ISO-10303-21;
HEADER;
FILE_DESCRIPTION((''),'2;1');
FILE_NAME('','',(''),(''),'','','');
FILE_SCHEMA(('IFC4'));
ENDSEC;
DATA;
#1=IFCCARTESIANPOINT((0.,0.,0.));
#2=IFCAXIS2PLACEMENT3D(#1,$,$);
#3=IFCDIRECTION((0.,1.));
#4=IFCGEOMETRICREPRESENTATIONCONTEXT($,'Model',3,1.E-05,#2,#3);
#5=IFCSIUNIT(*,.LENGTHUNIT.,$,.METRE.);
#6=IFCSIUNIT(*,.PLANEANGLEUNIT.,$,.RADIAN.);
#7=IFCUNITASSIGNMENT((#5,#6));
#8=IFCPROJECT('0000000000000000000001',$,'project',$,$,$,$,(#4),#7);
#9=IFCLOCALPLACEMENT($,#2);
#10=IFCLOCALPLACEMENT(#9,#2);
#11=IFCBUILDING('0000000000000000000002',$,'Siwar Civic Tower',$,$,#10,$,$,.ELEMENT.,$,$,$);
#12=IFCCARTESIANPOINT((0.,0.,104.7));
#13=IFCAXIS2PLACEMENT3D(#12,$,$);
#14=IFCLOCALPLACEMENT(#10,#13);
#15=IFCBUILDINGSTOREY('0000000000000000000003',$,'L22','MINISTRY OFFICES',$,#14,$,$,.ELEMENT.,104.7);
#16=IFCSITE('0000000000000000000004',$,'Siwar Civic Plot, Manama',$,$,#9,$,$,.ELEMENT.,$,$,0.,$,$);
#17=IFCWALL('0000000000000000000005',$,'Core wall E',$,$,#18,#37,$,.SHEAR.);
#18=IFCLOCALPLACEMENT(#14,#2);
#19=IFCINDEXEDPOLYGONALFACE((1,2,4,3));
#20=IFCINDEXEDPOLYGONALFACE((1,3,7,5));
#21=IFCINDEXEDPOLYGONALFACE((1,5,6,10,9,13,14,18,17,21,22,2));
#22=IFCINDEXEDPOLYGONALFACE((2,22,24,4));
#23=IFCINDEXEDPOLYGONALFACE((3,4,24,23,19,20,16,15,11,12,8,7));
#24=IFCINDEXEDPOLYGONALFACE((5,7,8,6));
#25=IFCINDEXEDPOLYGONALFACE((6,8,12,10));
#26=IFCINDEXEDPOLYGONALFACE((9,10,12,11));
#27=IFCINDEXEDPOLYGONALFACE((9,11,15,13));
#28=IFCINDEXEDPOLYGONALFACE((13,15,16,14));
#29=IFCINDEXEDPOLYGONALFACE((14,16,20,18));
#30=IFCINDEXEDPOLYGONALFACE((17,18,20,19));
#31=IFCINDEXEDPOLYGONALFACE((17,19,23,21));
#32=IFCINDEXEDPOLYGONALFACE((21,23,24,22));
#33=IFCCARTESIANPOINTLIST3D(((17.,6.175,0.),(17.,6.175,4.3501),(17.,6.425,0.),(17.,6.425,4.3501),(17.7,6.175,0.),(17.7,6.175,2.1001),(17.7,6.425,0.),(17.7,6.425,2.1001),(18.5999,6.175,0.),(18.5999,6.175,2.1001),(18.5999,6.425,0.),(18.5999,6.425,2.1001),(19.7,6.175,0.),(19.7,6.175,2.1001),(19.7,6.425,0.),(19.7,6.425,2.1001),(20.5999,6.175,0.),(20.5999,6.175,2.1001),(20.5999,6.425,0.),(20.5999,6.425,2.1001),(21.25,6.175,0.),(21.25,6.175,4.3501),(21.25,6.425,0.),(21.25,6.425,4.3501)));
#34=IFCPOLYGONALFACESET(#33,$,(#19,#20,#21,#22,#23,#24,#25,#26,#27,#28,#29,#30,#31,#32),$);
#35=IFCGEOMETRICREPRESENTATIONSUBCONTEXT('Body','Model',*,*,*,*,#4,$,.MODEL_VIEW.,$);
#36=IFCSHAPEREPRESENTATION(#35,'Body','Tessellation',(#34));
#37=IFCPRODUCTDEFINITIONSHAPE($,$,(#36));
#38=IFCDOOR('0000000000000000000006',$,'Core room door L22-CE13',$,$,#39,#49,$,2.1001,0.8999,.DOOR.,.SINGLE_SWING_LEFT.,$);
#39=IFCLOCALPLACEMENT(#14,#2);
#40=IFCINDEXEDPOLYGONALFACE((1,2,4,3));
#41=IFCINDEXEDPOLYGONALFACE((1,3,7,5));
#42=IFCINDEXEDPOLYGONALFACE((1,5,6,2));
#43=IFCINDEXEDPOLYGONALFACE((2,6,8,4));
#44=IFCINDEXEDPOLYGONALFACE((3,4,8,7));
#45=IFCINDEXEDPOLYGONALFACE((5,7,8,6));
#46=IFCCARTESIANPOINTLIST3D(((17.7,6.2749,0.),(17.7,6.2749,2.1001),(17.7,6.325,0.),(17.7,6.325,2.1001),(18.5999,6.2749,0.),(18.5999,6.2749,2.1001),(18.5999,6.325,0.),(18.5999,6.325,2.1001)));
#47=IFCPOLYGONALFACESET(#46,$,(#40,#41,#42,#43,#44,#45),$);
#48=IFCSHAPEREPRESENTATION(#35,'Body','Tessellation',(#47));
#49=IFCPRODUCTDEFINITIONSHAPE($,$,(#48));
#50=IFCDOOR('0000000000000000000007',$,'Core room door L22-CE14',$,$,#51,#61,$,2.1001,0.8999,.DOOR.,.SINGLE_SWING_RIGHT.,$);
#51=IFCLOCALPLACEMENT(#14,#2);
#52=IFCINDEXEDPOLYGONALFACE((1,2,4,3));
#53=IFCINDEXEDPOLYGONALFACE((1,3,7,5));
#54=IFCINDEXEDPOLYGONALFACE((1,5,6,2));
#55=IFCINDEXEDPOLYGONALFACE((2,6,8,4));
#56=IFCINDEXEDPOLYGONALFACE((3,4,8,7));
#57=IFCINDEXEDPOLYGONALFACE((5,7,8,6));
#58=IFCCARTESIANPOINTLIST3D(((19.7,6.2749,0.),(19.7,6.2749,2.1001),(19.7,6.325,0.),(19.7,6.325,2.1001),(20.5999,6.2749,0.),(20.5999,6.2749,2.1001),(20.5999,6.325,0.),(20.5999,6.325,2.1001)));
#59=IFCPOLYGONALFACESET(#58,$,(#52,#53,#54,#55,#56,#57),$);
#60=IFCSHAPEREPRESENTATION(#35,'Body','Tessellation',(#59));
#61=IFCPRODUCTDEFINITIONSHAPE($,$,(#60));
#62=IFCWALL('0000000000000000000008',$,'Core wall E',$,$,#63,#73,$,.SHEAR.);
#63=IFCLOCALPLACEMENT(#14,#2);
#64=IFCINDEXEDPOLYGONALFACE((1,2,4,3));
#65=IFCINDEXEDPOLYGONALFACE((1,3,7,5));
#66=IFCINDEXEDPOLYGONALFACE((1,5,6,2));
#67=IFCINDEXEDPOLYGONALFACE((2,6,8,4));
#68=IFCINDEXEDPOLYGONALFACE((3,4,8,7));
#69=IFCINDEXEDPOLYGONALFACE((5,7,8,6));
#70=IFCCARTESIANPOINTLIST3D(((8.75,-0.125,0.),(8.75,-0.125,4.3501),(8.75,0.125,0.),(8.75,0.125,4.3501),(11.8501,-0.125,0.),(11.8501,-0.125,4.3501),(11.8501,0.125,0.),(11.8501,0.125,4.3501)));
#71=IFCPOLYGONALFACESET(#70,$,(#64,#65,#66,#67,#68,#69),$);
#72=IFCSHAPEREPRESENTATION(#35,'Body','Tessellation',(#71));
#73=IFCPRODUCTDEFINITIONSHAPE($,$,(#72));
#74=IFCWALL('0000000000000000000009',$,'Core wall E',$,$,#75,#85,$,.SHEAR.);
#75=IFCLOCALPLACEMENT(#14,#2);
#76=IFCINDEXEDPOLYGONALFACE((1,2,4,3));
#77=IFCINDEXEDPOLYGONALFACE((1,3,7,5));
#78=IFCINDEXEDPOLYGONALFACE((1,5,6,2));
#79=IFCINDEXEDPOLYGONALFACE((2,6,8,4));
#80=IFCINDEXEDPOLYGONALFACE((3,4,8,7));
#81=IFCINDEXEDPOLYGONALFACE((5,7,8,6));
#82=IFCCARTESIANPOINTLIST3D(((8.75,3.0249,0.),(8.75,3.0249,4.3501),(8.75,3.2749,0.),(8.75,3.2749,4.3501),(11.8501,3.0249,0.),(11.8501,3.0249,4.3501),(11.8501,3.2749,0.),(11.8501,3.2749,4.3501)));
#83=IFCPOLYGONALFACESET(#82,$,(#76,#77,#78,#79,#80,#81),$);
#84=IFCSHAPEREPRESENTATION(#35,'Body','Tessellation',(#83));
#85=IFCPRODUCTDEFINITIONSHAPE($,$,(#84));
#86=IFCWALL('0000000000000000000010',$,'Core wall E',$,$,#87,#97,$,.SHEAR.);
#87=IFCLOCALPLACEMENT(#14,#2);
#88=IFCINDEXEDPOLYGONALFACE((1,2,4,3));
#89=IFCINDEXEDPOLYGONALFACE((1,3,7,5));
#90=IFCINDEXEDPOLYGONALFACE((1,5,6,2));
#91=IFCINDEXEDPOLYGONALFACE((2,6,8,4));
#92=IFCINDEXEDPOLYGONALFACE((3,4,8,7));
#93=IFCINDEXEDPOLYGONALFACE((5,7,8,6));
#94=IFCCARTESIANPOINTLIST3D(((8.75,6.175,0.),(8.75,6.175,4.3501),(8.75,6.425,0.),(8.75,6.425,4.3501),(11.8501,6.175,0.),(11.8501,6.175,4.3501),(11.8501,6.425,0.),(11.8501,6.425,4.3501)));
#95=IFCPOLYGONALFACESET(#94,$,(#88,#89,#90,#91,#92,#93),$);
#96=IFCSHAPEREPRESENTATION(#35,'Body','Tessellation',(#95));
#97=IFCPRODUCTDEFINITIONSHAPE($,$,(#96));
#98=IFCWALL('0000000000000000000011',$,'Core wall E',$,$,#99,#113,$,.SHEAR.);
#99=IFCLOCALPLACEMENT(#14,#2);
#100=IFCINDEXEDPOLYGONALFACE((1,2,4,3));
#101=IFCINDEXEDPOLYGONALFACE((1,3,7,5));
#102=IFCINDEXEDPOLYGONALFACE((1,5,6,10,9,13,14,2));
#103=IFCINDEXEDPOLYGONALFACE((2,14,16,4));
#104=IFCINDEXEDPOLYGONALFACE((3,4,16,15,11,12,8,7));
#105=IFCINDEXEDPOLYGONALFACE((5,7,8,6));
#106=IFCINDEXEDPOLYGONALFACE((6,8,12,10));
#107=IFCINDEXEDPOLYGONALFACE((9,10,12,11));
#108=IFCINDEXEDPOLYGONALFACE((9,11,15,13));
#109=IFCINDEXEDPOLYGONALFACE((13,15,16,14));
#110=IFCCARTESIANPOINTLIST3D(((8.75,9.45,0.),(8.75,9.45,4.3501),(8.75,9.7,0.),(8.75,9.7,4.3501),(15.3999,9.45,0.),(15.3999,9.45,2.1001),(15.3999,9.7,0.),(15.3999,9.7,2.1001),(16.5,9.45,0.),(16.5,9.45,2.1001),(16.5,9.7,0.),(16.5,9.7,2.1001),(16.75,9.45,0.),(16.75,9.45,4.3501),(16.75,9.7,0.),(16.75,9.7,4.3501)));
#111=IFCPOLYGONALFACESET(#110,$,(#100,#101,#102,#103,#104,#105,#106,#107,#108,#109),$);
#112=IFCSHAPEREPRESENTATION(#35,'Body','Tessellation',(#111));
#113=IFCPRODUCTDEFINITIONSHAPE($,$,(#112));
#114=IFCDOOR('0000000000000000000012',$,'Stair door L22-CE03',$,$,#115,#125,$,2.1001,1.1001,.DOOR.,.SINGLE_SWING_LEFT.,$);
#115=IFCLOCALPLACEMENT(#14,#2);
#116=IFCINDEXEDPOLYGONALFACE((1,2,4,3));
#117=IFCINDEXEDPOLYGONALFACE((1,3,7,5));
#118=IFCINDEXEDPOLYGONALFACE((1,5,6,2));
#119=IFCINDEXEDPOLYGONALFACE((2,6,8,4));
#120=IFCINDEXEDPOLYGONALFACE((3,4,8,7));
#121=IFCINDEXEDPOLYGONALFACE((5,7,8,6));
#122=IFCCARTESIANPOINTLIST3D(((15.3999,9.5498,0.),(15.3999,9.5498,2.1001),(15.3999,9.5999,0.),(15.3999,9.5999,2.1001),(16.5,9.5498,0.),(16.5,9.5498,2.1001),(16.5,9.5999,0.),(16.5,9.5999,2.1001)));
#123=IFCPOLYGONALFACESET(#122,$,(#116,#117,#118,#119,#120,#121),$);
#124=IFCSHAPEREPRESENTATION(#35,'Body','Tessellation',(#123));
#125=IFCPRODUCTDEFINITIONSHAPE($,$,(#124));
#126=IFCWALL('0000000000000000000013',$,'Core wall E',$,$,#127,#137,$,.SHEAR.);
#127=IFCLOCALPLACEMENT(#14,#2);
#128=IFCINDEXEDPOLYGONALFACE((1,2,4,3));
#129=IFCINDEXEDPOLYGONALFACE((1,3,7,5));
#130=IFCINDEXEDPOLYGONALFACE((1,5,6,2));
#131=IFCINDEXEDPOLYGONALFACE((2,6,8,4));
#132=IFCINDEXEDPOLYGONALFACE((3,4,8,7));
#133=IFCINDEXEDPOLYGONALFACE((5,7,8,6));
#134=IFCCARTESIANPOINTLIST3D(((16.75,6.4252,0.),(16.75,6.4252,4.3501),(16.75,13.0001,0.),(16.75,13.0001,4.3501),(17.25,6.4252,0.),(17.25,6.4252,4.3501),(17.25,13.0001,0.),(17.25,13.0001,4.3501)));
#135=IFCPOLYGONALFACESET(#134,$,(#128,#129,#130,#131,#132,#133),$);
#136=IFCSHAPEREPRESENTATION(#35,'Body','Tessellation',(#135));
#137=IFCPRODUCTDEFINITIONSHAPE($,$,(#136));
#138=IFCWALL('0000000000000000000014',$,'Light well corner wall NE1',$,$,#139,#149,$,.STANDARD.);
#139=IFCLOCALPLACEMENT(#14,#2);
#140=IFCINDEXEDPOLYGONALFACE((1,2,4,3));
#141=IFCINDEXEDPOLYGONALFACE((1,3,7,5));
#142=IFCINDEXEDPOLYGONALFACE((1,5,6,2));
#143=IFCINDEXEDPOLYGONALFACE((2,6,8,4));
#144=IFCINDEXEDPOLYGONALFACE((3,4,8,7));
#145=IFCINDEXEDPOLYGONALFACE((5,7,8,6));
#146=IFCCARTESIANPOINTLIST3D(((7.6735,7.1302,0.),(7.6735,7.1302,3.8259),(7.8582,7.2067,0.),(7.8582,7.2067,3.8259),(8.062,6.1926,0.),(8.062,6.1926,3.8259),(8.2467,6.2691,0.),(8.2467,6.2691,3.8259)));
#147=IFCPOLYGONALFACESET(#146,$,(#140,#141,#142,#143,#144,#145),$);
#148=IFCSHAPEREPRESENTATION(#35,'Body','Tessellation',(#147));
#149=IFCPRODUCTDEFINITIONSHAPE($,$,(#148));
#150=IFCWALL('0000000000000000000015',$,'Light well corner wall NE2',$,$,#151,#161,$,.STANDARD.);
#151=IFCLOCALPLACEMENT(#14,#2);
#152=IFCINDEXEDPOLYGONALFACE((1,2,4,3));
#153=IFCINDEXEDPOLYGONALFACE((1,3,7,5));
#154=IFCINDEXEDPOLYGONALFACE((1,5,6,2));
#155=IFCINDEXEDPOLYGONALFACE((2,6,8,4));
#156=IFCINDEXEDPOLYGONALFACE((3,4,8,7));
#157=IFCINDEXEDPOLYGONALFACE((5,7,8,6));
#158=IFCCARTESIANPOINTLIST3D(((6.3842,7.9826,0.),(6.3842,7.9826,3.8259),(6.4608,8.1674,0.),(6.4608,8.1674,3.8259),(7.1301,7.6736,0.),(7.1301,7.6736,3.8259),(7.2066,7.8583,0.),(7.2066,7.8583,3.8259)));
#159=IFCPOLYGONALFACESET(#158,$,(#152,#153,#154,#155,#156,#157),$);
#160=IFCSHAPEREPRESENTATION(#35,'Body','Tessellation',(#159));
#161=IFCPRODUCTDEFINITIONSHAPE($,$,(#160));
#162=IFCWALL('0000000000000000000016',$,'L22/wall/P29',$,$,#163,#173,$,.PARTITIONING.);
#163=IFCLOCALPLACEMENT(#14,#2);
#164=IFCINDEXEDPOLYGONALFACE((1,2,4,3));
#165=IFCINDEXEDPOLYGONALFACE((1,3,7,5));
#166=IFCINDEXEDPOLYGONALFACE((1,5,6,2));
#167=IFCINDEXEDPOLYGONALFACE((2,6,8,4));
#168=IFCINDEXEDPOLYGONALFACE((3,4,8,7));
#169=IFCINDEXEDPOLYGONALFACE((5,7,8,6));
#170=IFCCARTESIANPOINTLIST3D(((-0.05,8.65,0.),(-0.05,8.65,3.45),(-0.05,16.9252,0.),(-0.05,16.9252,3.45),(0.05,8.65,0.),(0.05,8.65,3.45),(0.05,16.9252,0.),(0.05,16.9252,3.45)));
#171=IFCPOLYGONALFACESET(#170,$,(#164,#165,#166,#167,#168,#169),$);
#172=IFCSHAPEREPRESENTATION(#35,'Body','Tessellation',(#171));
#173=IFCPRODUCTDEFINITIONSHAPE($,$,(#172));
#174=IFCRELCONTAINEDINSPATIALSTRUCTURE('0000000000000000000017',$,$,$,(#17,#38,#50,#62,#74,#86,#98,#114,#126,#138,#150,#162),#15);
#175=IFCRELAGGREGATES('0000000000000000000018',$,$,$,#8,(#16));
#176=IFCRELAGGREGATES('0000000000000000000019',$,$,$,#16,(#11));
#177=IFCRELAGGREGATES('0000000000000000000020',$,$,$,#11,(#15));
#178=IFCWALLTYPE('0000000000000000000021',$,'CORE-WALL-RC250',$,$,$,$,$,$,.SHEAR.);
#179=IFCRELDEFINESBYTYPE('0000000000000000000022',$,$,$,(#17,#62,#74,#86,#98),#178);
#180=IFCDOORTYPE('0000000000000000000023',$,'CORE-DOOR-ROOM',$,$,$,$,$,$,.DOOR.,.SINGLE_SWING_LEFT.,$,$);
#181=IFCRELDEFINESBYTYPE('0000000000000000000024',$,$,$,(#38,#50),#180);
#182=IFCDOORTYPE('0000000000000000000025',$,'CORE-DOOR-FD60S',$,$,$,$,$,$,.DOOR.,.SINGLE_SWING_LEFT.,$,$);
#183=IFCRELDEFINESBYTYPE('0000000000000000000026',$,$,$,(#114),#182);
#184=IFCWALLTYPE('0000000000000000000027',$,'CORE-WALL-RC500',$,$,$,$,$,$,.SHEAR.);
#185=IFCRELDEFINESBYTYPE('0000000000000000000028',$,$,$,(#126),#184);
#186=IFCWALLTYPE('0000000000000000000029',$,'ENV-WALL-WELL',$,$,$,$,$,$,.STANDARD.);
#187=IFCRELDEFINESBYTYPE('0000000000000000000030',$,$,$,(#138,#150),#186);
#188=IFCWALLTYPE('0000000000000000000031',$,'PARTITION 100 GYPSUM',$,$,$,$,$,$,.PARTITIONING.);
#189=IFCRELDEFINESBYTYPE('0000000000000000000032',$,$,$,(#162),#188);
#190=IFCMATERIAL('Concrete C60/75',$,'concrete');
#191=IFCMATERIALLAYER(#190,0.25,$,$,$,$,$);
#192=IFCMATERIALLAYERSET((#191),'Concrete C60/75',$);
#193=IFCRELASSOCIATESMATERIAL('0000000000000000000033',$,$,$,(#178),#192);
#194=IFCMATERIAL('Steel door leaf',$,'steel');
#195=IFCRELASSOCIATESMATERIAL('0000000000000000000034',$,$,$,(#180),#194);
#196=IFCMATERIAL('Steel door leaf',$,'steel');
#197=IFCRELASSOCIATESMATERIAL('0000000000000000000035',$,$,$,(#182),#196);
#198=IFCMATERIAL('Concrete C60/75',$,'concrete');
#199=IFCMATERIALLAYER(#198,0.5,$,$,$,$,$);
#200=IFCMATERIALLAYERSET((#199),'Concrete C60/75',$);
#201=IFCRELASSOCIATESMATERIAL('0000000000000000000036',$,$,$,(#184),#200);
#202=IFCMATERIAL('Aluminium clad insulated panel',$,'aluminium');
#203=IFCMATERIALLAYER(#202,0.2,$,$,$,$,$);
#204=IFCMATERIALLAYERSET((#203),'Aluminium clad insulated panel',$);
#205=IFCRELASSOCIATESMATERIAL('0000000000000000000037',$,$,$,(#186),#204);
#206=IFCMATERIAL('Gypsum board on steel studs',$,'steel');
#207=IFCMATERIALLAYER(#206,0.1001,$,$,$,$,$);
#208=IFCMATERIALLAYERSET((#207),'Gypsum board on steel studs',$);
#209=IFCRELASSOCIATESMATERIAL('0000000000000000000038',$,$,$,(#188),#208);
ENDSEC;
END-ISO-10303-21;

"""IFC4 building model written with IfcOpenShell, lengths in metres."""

from ifc_helpers import new_model, si_unit, direction, frame, frame_2d, origin, place, context, subcontext, project, spatial, rectangle, extrude, material, layer, layer_set, type_object, element, fill, save


model = new_model("IFC4")

# Units and contexts
model_context = context("Model", 3, precision=1e-05, world=origin(), true_north=direction((0.0, 1.0)))
body_context = subcontext(model_context, "Body", "Model", "MODEL_VIEW")
ifc_project = project(units=[si_unit("LENGTHUNIT", "METRE"), si_unit("PLANEANGLEUNIT", "RADIAN")], contexts=[model_context])

# Site, building, storey
site_placement = place(None, origin())
site = spatial("IfcSite", under=ifc_project, at=site_placement, Name="Siwar Civic Plot, Manama", CompositionType="ELEMENT", RefElevation=0.0)
building_placement = place(site_placement, origin())
building = spatial("IfcBuilding", under=site, at=building_placement, Name="Siwar Civic Tower", CompositionType="ELEMENT")
storey_placement = place(building_placement, frame((0.0, 0.0, 104.7)))
storey = spatial("IfcBuildingStorey", under=building, at=storey_placement, Name="L22", Description="MINISTRY OFFICES", CompositionType="ELEMENT", Elevation=104.7)

# Shared definitions
ifc_material_1 = material(Name="Concrete C60/75", Category="concrete")
ifc_layer_1 = layer(ifc_material_1, 0.25)
ifc_layer_set_1 = layer_set([ifc_layer_1], Name="Concrete C60/75")
wall_type_1 = type_object("IfcWallType", Name="CORE-WALL-RC250", PredefinedType="SHEAR", material=ifc_layer_set_1)

# Wall, openings, doors
wall_1_placement = place(storey_placement, frame((17.0, 6.3, 0.0), z_axis=(0.0, 0.0, 1.0), x_axis=(1.0, 0.0, 0.0)))
wall_1 = element("IfcWall", 1, at=wall_1_placement, inside=storey, type_object=wall_type_1, Name="Core wall E", PredefinedType="SHEAR", context=body_context, shape_type="SweptSolid", body=[
    extrude(rectangle(XDim=4.25, YDim=0.25, at=frame_2d((2.125, 0.0))), origin(), (0.0, 0.0, 1.0), 4.3501),
])
opening_1_placement = place(wall_1_placement, frame((0.7, 0.0, 0.0)))
opening_1 = element("IfcOpeningElement", 2, at=opening_1_placement, cuts=wall_1, PredefinedType="OPENING", context=body_context, shape_type="SweptSolid", body=[
    extrude(rectangle(XDim=0.8999, YDim=2.1001, at=frame_2d((0.45, 1.05))), frame((0.0, 0.135, 0.0), z_axis=(0.0, -1.0, 0.0), x_axis=(1.0, 0.0, 0.0)), (0.0, 0.0, 1.0), 0.27),
])
opening_2_placement = place(wall_1_placement, frame((2.7, 0.0, 0.0)))
opening_2 = element("IfcOpeningElement", 3, at=opening_2_placement, cuts=wall_1, PredefinedType="OPENING", context=body_context, shape_type="SweptSolid", body=[
    extrude(rectangle(XDim=0.8999, YDim=2.1001, at=frame_2d((0.45, 1.05))), frame((0.0, 0.135, 0.0), z_axis=(0.0, -1.0, 0.0), x_axis=(1.0, 0.0, 0.0)), (0.0, 0.0, 1.0), 0.27),
])
ifc_material_2 = material(Name="Steel door leaf", Category="steel")
door_type_1 = type_object("IfcDoorType", Name="CORE-DOOR-ROOM", OperationType="SINGLE_SWING_LEFT", PredefinedType="DOOR", material=ifc_material_2)
door_1_placement = place(opening_1_placement, origin())
door_1 = element("IfcDoor", 4, at=door_1_placement, inside=storey, type_object=door_type_1, Name="Core room door L22-CE13", OperationType="SINGLE_SWING_LEFT", OverallHeight=2.1001, OverallWidth=0.8999, PredefinedType="DOOR", context=body_context, shape_type="SweptSolid", body=[
    extrude(rectangle(XDim=0.8999, YDim=2.1001, at=frame_2d((0.45, 1.05))), frame((0.0, 0.0249, 0.0), z_axis=(0.0, -1.0, 0.0), x_axis=(1.0, 0.0, 0.0)), (0.0, 0.0, 1.0), 0.05),
])
fill(opening_1, door_1)
door_2_placement = place(opening_2_placement, origin())
door_2 = element("IfcDoor", 5, at=door_2_placement, inside=storey, type_object=door_type_1, Name="Core room door L22-CE14", OperationType="SINGLE_SWING_RIGHT", OverallHeight=2.1001, OverallWidth=0.8999, PredefinedType="DOOR", context=body_context, shape_type="SweptSolid", body=[
    extrude(rectangle(XDim=0.8999, YDim=2.1001, at=frame_2d((0.45, 1.05))), frame((0.0, 0.0249, 0.0), z_axis=(0.0, -1.0, 0.0), x_axis=(1.0, 0.0, 0.0)), (0.0, 0.0, 1.0), 0.05),
])
fill(opening_2, door_2)

# Walls
for number, where, z_axis, x_axis, name in (
    (6, (8.75, 0.0, 0.0), (0.0, 0.0, 1.0), (1.0, 0.0, 0.0), "Core wall E"),
    (7, (8.75, 3.1499, 0.0), (0.0, 0.0, 1.0), (1.0, 0.0, 0.0), "Core wall E"),
    (8, (8.75, 6.3, 0.0), (0.0, 0.0, 1.0), (1.0, 0.0, 0.0), "Core wall E"),
):
    element("IfcWall", number, at=place(storey_placement, frame(where, z_axis=z_axis, x_axis=x_axis)), inside=storey, type_object=wall_type_1, Name=name, PredefinedType="SHEAR", context=body_context, shape_type="SweptSolid", body=[
        extrude(rectangle(XDim=3.1001, YDim=0.25, at=frame_2d((1.55, 0.0))), origin(), (0.0, 0.0, 1.0), 4.3501),
    ])

# Wall, opening, door
wall_2_placement = place(storey_placement, frame((8.75, 9.575, 0.0), z_axis=(0.0, 0.0, 1.0), x_axis=(1.0, 0.0, 0.0)))
wall_2 = element("IfcWall", 9, at=wall_2_placement, inside=storey, type_object=wall_type_1, Name="Core wall E", PredefinedType="SHEAR", context=body_context, shape_type="SweptSolid", body=[
    extrude(rectangle(XDim=8.0, YDim=0.25, at=frame_2d((4.0, 0.0))), origin(), (0.0, 0.0, 1.0), 4.3501),
])
opening_3_placement = place(wall_2_placement, frame((6.6499, 0.0, 0.0)))
opening_3 = element("IfcOpeningElement", 10, at=opening_3_placement, cuts=wall_2, PredefinedType="OPENING", context=body_context, shape_type="SweptSolid", body=[
    extrude(rectangle(XDim=1.1001, YDim=2.1001, at=frame_2d((0.55, 1.05))), frame((0.0, 0.135, 0.0), z_axis=(0.0, -1.0, 0.0), x_axis=(1.0, 0.0, 0.0)), (0.0, 0.0, 1.0), 0.27),
])
ifc_material_3 = material(Name="Steel door leaf", Category="steel")
door_type_2 = type_object("IfcDoorType", Name="CORE-DOOR-FD60S", OperationType="SINGLE_SWING_LEFT", PredefinedType="DOOR", material=ifc_material_3)
door_3_placement = place(opening_3_placement, origin())
door_3 = element("IfcDoor", 11, at=door_3_placement, inside=storey, type_object=door_type_2, Name="Stair door L22-CE03", OperationType="SINGLE_SWING_LEFT", OverallHeight=2.1001, OverallWidth=1.1001, PredefinedType="DOOR", context=body_context, shape_type="SweptSolid", body=[
    extrude(rectangle(XDim=1.1001, YDim=2.1001, at=frame_2d((0.55, 1.05))), frame((0.0, 0.0249, 0.0), z_axis=(0.0, -1.0, 0.0), x_axis=(1.0, 0.0, 0.0)), (0.0, 0.0, 1.0), 0.05),
])
fill(opening_3, door_3)

# Walls
ifc_material_4 = material(Name="Concrete C60/75", Category="concrete")
ifc_layer_2 = layer(ifc_material_4, 0.5)
ifc_layer_set_2 = layer_set([ifc_layer_2], Name="Concrete C60/75")
wall_type_2 = type_object("IfcWallType", Name="CORE-WALL-RC500", PredefinedType="SHEAR", material=ifc_layer_set_2)
wall_3_placement = place(storey_placement, frame((17.0, 6.425, 0.0), z_axis=(0.0, 0.0, 1.0), x_axis=(0.0, 1.0, 0.0)))
element("IfcWall", 12, at=wall_3_placement, inside=storey, type_object=wall_type_2, Name="Core wall E", PredefinedType="SHEAR", context=body_context, shape_type="SweptSolid", body=[
    extrude(rectangle(XDim=6.575, YDim=0.5, at=frame_2d((3.2876, 0.0))), origin(), (0.0, 0.0, 1.0), 4.3501),
])
ifc_material_5 = material(Name="Aluminium clad insulated panel", Category="aluminium")
ifc_layer_3 = layer(ifc_material_5, 0.2)
ifc_layer_set_3 = layer_set([ifc_layer_3], Name="Aluminium clad insulated panel")
wall_type_3 = type_object("IfcWallType", Name="ENV-WALL-WELL", PredefinedType="STANDARD", material=ifc_layer_set_3)
wall_4_placement = place(storey_placement, frame((8.1543, 6.231, 0.0), z_axis=(0.0, 0.0, 1.0), x_axis=(-0.38277, 0.923844, 0.0)))
element("IfcWall", 13, at=wall_4_placement, inside=storey, type_object=wall_type_3, Name="Light well corner wall NE1", PredefinedType="STANDARD", context=body_context, shape_type="SweptSolid", body=[
    extrude(rectangle(XDim=1.0149, YDim=0.2, at=frame_2d((0.5073, 0.0))), origin(), (0.0, 0.0, 1.0), 3.8259),
])
wall_5_placement = place(storey_placement, frame((7.1685, 7.7659, 0.0), z_axis=(0.0, 0.0, 1.0), x_axis=(-0.923818, 0.382833, 0.0)))
element("IfcWall", 14, at=wall_5_placement, inside=storey, type_object=wall_type_3, Name="Light well corner wall NE2", PredefinedType="STANDARD", context=body_context, shape_type="SweptSolid", body=[
    extrude(rectangle(XDim=0.8074, YDim=0.2, at=frame_2d((0.4038, 0.0))), origin(), (0.0, 0.0, 1.0), 3.8259),
])
ifc_material_6 = material(Name="Gypsum board on steel studs", Category="steel")
ifc_layer_4 = layer(ifc_material_6, 0.1001)
ifc_layer_set_4 = layer_set([ifc_layer_4], Name="Gypsum board on steel studs")
wall_type_4 = type_object("IfcWallType", Name="PARTITION 100 GYPSUM", PredefinedType="PARTITIONING", material=ifc_layer_set_4)
wall_6_placement = place(storey_placement, frame((0.0, 8.6499, 0.0), z_axis=(0.0, 0.0, 1.0), x_axis=(0.0, 1.0, 0.0)))
element("IfcWall", 15, at=wall_6_placement, inside=storey, type_object=wall_type_4, Name="L22/wall/P29", PredefinedType="PARTITIONING", context=body_context, shape_type="SweptSolid", body=[
    extrude(rectangle(XDim=8.2751, YDim=0.1001, at=frame_2d((4.1377, 0.0))), origin(), (0.0, 0.0, 1.0), 3.45),
])

save(model, "model.ifc")
